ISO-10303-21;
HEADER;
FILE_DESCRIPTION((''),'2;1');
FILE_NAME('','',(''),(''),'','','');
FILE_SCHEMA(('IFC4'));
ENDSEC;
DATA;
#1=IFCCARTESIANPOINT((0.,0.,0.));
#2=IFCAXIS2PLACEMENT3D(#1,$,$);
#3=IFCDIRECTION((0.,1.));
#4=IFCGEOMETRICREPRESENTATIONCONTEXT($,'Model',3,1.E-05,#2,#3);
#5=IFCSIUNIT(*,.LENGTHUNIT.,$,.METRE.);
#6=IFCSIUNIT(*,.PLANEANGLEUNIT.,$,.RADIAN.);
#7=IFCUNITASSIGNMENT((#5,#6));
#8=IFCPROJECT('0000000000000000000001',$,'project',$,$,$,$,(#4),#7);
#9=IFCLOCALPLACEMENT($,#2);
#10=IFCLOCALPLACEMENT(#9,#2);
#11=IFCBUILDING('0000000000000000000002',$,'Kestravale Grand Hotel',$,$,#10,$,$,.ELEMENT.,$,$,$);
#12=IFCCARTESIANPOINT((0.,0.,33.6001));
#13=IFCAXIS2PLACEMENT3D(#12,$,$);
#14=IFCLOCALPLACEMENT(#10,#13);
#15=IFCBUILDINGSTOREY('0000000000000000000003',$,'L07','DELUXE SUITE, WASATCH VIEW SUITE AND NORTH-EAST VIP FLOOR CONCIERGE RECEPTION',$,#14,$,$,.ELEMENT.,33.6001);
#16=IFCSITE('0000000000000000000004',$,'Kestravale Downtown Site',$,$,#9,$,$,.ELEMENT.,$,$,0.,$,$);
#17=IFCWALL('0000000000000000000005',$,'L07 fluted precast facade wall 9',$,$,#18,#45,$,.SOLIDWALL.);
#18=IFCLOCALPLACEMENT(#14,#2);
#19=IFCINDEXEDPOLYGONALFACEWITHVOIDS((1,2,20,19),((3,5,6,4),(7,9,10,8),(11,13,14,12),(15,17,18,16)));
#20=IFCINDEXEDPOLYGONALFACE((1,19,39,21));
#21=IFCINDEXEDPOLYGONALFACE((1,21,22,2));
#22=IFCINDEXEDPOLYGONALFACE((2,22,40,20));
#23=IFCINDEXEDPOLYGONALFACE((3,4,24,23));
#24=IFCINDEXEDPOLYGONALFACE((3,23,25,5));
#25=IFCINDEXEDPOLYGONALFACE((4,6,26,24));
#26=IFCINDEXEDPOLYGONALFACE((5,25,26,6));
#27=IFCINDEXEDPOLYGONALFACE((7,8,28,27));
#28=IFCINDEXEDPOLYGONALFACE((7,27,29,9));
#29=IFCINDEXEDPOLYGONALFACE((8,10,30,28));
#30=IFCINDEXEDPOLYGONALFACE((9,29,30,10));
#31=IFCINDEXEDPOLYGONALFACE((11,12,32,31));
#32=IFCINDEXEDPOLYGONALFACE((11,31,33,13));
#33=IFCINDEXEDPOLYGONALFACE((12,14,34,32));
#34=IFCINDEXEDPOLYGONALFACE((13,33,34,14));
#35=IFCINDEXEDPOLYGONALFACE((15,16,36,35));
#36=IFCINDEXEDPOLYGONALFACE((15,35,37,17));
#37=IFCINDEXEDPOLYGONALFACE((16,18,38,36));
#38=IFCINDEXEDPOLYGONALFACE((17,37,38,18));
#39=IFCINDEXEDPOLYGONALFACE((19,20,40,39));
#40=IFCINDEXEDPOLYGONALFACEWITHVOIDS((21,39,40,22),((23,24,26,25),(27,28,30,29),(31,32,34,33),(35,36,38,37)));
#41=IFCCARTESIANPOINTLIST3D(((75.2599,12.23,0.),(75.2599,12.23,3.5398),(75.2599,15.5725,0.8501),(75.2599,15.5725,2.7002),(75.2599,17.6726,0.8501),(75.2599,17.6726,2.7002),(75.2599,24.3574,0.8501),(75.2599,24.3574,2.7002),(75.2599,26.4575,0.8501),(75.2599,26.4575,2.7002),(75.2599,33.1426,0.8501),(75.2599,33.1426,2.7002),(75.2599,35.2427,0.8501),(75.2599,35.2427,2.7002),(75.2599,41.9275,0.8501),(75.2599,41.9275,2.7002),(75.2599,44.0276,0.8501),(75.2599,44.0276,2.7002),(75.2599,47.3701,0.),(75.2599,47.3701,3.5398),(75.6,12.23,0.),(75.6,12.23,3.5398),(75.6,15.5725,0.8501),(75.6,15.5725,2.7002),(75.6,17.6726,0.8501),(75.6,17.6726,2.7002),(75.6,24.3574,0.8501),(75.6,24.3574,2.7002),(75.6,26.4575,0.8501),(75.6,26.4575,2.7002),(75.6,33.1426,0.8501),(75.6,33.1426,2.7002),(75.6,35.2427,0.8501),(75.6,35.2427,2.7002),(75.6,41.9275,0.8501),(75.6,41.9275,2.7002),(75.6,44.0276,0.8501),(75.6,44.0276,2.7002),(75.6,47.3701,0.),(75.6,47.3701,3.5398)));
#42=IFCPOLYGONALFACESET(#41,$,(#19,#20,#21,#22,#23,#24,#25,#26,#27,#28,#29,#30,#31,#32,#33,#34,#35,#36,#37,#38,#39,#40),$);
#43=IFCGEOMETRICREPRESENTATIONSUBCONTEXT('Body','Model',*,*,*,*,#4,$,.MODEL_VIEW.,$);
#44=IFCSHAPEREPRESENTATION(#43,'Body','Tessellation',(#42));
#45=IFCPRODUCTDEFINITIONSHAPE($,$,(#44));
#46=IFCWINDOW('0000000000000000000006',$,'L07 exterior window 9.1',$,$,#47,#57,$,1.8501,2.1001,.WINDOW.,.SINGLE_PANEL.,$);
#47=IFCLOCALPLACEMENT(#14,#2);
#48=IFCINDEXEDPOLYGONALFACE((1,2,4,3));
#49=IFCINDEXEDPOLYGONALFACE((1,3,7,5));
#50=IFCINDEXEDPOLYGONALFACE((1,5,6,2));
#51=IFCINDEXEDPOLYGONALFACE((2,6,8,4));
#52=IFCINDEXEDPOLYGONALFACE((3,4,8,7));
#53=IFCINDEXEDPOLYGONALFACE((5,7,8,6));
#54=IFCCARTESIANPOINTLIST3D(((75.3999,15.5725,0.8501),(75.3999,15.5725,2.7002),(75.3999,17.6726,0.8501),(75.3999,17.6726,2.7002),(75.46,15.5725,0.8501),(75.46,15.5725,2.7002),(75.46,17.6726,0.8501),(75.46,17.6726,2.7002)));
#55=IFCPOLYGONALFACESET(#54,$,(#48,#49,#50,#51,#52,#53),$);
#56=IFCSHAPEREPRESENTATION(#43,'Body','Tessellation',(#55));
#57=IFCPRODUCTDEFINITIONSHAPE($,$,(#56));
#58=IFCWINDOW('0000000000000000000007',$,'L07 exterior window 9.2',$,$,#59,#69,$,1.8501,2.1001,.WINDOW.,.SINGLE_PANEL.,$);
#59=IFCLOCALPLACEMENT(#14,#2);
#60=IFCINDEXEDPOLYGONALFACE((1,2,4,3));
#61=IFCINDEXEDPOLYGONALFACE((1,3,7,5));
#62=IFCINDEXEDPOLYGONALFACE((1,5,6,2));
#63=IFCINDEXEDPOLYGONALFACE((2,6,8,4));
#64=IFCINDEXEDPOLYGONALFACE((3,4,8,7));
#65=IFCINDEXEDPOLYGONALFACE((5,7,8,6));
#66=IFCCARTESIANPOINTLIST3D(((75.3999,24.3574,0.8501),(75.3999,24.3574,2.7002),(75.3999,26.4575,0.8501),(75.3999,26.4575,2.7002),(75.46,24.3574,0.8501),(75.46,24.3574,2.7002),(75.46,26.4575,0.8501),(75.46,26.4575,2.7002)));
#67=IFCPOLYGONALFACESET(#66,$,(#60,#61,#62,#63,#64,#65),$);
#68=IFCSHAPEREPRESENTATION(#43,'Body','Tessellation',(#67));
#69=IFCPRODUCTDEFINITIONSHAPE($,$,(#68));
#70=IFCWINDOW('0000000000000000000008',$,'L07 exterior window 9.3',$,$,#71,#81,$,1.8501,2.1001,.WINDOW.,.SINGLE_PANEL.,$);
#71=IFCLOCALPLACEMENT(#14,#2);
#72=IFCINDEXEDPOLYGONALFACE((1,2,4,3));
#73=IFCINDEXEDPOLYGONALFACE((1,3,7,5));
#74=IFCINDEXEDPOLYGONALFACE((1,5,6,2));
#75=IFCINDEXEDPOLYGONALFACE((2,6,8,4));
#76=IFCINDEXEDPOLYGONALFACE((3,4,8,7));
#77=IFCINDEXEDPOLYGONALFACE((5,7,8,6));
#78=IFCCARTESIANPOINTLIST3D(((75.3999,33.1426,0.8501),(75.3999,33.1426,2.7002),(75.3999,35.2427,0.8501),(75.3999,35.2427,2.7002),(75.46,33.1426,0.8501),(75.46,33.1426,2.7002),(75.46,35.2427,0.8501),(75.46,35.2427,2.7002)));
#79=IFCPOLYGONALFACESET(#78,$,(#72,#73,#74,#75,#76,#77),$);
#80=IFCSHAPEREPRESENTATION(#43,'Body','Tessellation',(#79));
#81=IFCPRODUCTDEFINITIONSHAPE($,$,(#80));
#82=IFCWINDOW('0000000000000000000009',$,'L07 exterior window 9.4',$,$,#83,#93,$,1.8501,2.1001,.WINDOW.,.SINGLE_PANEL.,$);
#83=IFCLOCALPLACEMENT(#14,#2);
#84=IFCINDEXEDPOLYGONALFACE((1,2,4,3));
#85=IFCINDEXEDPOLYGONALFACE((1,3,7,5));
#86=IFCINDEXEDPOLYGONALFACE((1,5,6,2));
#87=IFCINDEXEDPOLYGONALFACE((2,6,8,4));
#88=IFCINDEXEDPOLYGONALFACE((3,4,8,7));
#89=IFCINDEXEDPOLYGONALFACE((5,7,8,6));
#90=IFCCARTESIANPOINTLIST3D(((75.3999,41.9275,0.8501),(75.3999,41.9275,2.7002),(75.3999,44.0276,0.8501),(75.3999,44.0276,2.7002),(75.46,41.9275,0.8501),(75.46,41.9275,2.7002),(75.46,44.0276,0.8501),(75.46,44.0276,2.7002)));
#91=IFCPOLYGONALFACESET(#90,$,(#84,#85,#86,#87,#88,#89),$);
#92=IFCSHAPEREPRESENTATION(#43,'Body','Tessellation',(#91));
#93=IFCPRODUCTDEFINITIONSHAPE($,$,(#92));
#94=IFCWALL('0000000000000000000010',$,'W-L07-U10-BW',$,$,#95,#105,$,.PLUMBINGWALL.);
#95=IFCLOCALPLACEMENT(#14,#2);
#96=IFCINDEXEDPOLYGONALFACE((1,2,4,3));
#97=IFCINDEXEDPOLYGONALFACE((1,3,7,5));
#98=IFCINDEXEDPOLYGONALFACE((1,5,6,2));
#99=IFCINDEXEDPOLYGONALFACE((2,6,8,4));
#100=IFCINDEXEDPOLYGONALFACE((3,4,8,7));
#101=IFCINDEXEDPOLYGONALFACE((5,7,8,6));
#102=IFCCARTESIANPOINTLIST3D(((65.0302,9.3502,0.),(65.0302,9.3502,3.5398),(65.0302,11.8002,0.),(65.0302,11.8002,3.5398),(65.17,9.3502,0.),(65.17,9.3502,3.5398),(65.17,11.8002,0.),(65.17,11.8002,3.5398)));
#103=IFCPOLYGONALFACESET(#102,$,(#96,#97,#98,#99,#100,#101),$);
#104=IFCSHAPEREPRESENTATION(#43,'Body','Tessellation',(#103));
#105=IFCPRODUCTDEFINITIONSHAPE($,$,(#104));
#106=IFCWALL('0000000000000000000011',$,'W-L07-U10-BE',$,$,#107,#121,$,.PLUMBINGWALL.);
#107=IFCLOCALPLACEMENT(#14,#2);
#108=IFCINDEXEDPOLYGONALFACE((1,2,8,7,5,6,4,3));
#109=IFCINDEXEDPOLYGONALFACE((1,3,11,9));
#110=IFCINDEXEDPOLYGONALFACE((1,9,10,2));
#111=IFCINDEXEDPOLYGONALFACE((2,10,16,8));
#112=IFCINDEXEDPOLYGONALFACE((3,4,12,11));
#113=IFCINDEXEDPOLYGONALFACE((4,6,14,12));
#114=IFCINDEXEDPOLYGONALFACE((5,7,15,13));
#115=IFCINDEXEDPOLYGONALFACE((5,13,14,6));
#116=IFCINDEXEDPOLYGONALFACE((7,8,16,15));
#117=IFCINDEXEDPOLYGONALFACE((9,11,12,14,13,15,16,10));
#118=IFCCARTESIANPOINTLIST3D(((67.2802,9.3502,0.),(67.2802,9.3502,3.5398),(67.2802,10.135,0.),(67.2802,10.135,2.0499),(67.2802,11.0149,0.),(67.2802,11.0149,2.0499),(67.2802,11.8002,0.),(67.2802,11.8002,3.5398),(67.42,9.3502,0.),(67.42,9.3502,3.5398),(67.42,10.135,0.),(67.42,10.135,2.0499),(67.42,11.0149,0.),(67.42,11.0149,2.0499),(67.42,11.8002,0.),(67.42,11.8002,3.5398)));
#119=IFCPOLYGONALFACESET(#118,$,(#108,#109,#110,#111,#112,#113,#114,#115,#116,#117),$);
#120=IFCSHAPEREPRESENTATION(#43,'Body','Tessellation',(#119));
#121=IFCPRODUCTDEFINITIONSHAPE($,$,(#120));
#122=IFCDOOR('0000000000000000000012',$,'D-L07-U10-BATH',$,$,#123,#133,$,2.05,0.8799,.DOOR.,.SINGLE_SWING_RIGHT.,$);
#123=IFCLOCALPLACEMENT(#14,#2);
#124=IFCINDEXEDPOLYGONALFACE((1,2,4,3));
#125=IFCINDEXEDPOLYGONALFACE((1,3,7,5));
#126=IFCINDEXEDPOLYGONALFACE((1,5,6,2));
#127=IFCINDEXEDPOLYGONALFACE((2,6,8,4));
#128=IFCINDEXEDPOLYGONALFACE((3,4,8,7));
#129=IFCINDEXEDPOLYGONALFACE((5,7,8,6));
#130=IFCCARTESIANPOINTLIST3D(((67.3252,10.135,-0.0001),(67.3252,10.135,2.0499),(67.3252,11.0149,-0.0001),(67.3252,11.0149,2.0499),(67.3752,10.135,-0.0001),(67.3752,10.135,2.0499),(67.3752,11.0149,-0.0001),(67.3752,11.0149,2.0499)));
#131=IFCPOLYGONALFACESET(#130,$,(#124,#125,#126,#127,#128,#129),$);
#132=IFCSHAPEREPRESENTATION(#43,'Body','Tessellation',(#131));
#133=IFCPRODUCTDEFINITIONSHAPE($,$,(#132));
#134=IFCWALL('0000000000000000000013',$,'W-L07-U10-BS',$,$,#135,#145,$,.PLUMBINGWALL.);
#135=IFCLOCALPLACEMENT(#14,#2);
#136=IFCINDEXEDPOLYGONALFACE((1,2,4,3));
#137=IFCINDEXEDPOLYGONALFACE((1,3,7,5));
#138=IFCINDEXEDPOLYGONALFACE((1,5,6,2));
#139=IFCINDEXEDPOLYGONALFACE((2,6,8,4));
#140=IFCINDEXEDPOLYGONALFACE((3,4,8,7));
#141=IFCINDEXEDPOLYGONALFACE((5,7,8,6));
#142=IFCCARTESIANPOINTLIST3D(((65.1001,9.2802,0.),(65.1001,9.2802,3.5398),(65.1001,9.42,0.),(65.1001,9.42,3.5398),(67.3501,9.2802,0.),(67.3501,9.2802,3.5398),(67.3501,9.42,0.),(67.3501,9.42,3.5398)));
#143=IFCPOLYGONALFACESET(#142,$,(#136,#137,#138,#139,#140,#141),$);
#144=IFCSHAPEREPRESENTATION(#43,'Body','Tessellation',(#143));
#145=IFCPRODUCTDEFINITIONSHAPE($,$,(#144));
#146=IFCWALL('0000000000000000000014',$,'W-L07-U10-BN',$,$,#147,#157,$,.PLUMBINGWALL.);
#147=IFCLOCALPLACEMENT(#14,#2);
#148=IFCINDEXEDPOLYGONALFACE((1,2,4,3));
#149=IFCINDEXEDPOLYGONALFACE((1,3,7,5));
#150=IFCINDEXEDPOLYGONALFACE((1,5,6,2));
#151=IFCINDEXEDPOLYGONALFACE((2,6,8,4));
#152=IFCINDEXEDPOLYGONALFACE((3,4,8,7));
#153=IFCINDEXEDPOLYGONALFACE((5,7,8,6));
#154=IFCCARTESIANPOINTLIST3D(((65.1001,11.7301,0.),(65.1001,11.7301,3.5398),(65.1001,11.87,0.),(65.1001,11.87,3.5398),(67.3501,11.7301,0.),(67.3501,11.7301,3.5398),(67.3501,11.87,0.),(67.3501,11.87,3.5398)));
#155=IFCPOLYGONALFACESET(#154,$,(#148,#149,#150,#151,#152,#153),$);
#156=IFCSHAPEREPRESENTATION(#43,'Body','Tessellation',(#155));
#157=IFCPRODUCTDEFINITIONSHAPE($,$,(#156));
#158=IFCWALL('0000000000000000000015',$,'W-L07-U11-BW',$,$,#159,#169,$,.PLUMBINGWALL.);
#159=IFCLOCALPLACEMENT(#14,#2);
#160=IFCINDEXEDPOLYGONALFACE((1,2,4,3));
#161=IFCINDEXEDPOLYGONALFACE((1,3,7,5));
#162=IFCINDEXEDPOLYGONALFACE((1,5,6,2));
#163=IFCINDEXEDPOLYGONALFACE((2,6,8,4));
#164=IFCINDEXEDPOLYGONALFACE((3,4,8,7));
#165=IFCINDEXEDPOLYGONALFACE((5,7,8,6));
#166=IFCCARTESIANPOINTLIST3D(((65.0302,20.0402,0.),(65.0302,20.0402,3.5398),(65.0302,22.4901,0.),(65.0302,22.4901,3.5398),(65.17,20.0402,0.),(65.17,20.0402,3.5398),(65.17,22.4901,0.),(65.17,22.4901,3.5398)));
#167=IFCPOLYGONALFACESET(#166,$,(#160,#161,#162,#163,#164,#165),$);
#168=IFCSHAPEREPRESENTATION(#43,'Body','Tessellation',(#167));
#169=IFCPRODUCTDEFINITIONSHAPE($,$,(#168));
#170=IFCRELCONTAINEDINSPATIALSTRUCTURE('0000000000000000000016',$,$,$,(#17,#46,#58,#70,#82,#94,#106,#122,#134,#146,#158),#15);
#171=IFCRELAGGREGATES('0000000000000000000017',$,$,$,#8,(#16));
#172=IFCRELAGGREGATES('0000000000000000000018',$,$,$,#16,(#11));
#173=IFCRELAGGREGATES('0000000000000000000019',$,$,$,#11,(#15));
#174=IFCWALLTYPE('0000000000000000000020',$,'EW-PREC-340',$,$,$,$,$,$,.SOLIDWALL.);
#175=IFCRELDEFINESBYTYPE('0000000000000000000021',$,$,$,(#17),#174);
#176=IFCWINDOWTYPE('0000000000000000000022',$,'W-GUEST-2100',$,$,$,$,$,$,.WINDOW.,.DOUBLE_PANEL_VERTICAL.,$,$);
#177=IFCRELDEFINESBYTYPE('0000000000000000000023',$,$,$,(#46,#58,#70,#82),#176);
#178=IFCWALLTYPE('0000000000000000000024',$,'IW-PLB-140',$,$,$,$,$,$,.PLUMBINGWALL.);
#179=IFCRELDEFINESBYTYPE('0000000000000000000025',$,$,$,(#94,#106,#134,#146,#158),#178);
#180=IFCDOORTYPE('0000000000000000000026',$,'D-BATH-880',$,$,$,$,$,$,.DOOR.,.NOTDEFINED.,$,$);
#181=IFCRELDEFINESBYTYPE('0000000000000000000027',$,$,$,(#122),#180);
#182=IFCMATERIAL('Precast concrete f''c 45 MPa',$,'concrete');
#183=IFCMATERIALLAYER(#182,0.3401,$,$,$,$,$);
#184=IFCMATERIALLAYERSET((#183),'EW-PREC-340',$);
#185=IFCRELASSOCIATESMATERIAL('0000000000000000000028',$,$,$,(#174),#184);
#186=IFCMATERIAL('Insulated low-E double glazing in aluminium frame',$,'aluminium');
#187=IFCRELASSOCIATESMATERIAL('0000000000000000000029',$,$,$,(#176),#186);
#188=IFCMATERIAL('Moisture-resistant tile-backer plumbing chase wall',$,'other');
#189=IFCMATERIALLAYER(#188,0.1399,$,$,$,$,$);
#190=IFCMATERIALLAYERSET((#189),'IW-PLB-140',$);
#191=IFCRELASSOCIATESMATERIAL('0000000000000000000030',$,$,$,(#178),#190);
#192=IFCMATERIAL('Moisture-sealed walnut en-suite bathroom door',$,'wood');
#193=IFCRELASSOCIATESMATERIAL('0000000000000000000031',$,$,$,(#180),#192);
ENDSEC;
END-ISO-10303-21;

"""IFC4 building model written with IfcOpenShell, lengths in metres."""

from ifc_helpers import new_model, si_unit, direction, frame, frame_2d, origin, place, context, subcontext, project, spatial, rectangle, extrude, material, layer, layer_set, type_object, element, fill, save


model = new_model("IFC4")

# Units and contexts
model_context = context("Model", 3, precision=1e-05, world=origin(), true_north=direction((0.0, 1.0)))
body_context = subcontext(model_context, "Body", "Model", "MODEL_VIEW")
ifc_project = project(units=[si_unit("LENGTHUNIT", "METRE"), si_unit("PLANEANGLEUNIT", "RADIAN")], contexts=[model_context])

# Site, building, storey
site_placement = place(None, origin())
site = spatial("IfcSite", under=ifc_project, at=site_placement, Name="Kestravale Downtown Site", CompositionType="ELEMENT", RefElevation=0.0)
building_placement = place(site_placement, origin())
building = spatial("IfcBuilding", under=site, at=building_placement, Name="Kestravale Grand Hotel", CompositionType="ELEMENT")
storey_placement = place(building_placement, frame((0.0, 0.0, 33.6001)))
storey = spatial("IfcBuildingStorey", under=building, at=storey_placement, Name="L07", Description="DELUXE SUITE, WASATCH VIEW SUITE AND NORTH-EAST VIP FLOOR CONCIERGE RECEPTION", CompositionType="ELEMENT", Elevation=33.6001)

# Shared definitions
ifc_material_1 = material(Name="Precast concrete f'c 45 MPa", Category="concrete")
ifc_layer_1 = layer(ifc_material_1, 0.3401)
ifc_layer_set_1 = layer_set([ifc_layer_1], Name="EW-PREC-340")
wall_type_1 = type_object("IfcWallType", Name="EW-PREC-340", PredefinedType="SOLIDWALL", material=ifc_layer_set_1)
ifc_material_2 = material(Name="Insulated low-E double glazing in aluminium frame", Category="aluminium")
window_type = type_object("IfcWindowType", Name="W-GUEST-2100", PartitioningType="DOUBLE_PANEL_VERTICAL", PredefinedType="WINDOW", material=ifc_material_2)

# Wall, openings, windows
wall_1_placement = place(storey_placement, frame((75.4299, 12.23, 0.0), z_axis=(0.0, 0.0, 1.0), x_axis=(0.0, 1.0, 0.0)))
wall_1 = element("IfcWall", 1, at=wall_1_placement, inside=storey, type_object=wall_type_1, Name="L07 fluted precast facade wall 9", PredefinedType="SOLIDWALL", context=body_context, shape_type="SweptSolid", body=[
    extrude(rectangle(XDim=35.1401, YDim=0.3401, at=frame_2d((17.5701, 0.0))), origin(), (0.0, 0.0, 1.0), 3.5398),
])
opening_1_placement = place(wall_1_placement, frame((3.3425, 0.0, 0.8501)))
opening_1 = element("IfcOpeningElement", 2, at=opening_1_placement, cuts=wall_1, PredefinedType="OPENING", context=body_context, shape_type="SweptSolid", body=[
    extrude(rectangle(XDim=2.1001, YDim=1.8501, at=frame_2d((1.05, 0.925))), frame((0.0, 0.1799, 0.0), z_axis=(0.0, -1.0, 0.0), x_axis=(1.0, 0.0, 0.0)), (0.0, 0.0, 1.0), 0.3601),
])
opening_2_placement = place(wall_1_placement, frame((12.1274, 0.0, 0.8501)))
opening_2 = element("IfcOpeningElement", 3, at=opening_2_placement, cuts=wall_1, PredefinedType="OPENING", context=body_context, shape_type="SweptSolid", body=[
    extrude(rectangle(XDim=2.1001, YDim=1.8501, at=frame_2d((1.05, 0.925))), frame((0.0, 0.1799, 0.0), z_axis=(0.0, -1.0, 0.0), x_axis=(1.0, 0.0, 0.0)), (0.0, 0.0, 1.0), 0.3601),
])
opening_3_placement = place(wall_1_placement, frame((20.9126, 0.0, 0.8501)))
opening_3 = element("IfcOpeningElement", 4, at=opening_3_placement, cuts=wall_1, PredefinedType="OPENING", context=body_context, shape_type="SweptSolid", body=[
    extrude(rectangle(XDim=2.1001, YDim=1.8501, at=frame_2d((1.05, 0.925))), frame((0.0, 0.1799, 0.0), z_axis=(0.0, -1.0, 0.0), x_axis=(1.0, 0.0, 0.0)), (0.0, 0.0, 1.0), 0.3601),
])
opening_4_placement = place(wall_1_placement, frame((29.6975, 0.0, 0.8501)))
opening_4 = element("IfcOpeningElement", 5, at=opening_4_placement, cuts=wall_1, PredefinedType="OPENING", context=body_context, shape_type="SweptSolid", body=[
    extrude(rectangle(XDim=2.1001, YDim=1.8501, at=frame_2d((1.05, 0.925))), frame((0.0, 0.1799, 0.0), z_axis=(0.0, -1.0, 0.0), x_axis=(1.0, 0.0, 0.0)), (0.0, 0.0, 1.0), 0.3601),
])
window_1_placement = place(opening_1_placement, origin())
window_1 = element("IfcWindow", 6, at=window_1_placement, inside=storey, type_object=window_type, Name="L07 exterior window 9.1", OverallHeight=1.8501, OverallWidth=2.1001, PartitioningType="SINGLE_PANEL", PredefinedType="WINDOW", context=body_context, shape_type="SweptSolid", body=[
    extrude(rectangle(XDim=2.1001, YDim=1.8501, at=frame_2d((1.05, 0.925))), frame((0.0, 0.03, 0.0), z_axis=(0.0, -1.0, 0.0), x_axis=(1.0, 0.0, 0.0)), (0.0, 0.0, 1.0), 0.0601),
])
fill(opening_1, window_1)
window_2_placement = place(opening_2_placement, origin())
window_2 = element("IfcWindow", 7, at=window_2_placement, inside=storey, type_object=window_type, Name="L07 exterior window 9.2", OverallHeight=1.8501, OverallWidth=2.1001, PartitioningType="SINGLE_PANEL", PredefinedType="WINDOW", context=body_context, shape_type="SweptSolid", body=[
    extrude(rectangle(XDim=2.1001, YDim=1.8501, at=frame_2d((1.05, 0.925))), frame((0.0, 0.03, 0.0), z_axis=(0.0, -1.0, 0.0), x_axis=(1.0, 0.0, 0.0)), (0.0, 0.0, 1.0), 0.0601),
])
fill(opening_2, window_2)
window_3_placement = place(opening_3_placement, origin())
window_3 = element("IfcWindow", 8, at=window_3_placement, inside=storey, type_object=window_type, Name="L07 exterior window 9.3", OverallHeight=1.8501, OverallWidth=2.1001, PartitioningType="SINGLE_PANEL", PredefinedType="WINDOW", context=body_context, shape_type="SweptSolid", body=[
    extrude(rectangle(XDim=2.1001, YDim=1.8501, at=frame_2d((1.05, 0.925))), frame((0.0, 0.03, 0.0), z_axis=(0.0, -1.0, 0.0), x_axis=(1.0, 0.0, 0.0)), (0.0, 0.0, 1.0), 0.0601),
])
fill(opening_3, window_3)
window_4_placement = place(opening_4_placement, origin())
window_4 = element("IfcWindow", 9, at=window_4_placement, inside=storey, type_object=window_type, Name="L07 exterior window 9.4", OverallHeight=1.8501, OverallWidth=2.1001, PartitioningType="SINGLE_PANEL", PredefinedType="WINDOW", context=body_context, shape_type="SweptSolid", body=[
    extrude(rectangle(XDim=2.1001, YDim=1.8501, at=frame_2d((1.05, 0.925))), frame((0.0, 0.03, 0.0), z_axis=(0.0, -1.0, 0.0), x_axis=(1.0, 0.0, 0.0)), (0.0, 0.0, 1.0), 0.0601),
])
fill(opening_4, window_4)

# Wall
ifc_material_3 = material(Name="Moisture-resistant tile-backer plumbing chase wall", Category="other")
ifc_layer_2 = layer(ifc_material_3, 0.1399)
ifc_layer_set_2 = layer_set([ifc_layer_2], Name="IW-PLB-140")
wall_type_2 = type_object("IfcWallType", Name="IW-PLB-140", PredefinedType="PLUMBINGWALL", material=ifc_layer_set_2)
wall_2_placement = place(storey_placement, frame((65.1001, 9.3501, 0.0), z_axis=(0.0, 0.0, 1.0), x_axis=(0.0, 1.0, 0.0)))
element("IfcWall", 10, at=wall_2_placement, inside=storey, type_object=wall_type_2, Name="W-L07-U10-BW", PredefinedType="PLUMBINGWALL", context=body_context, shape_type="SweptSolid", body=[
    extrude(rectangle(XDim=2.45, YDim=0.1399, at=frame_2d((1.2251, 0.0))), origin(), (0.0, 0.0, 1.0), 3.5398),
])

# Wall, opening, door
wall_3_placement = place(storey_placement, frame((67.3501, 9.3501, 0.0), z_axis=(0.0, 0.0, 1.0), x_axis=(0.0, 1.0, 0.0)))
wall_3 = element("IfcWall", 11, at=wall_3_placement, inside=storey, type_object=wall_type_2, Name="W-L07-U10-BE", PredefinedType="PLUMBINGWALL", context=body_context, shape_type="SweptSolid", body=[
    extrude(rectangle(XDim=2.45, YDim=0.1399, at=frame_2d((1.2251, 0.0))), origin(), (0.0, 0.0, 1.0), 3.5398),
])
opening_5_placement = place(wall_3_placement, frame((0.7849, 0.0, 0.0)))
opening_5 = element("IfcOpeningElement", 12, at=opening_5_placement, cuts=wall_3, PredefinedType="OPENING", context=body_context, shape_type="SweptSolid", body=[
    extrude(rectangle(XDim=0.8799, YDim=2.05, at=frame_2d((0.4399, 1.0249))), frame((0.0, 0.0798, 0.0), z_axis=(0.0, -1.0, 0.0), x_axis=(1.0, 0.0, 0.0)), (0.0, 0.0, 1.0), 0.1599),
])
ifc_material_4 = material(Name="Moisture-sealed walnut en-suite bathroom door", Category="wood")
door_type = type_object("IfcDoorType", Name="D-BATH-880", OperationType="NOTDEFINED", PredefinedType="DOOR", material=ifc_material_4)
door_1_placement = place(opening_5_placement, origin())
door_1 = element("IfcDoor", 13, at=door_1_placement, inside=storey, type_object=door_type, Name="D-L07-U10-BATH", OperationType="SINGLE_SWING_RIGHT", OverallHeight=2.05, OverallWidth=0.8799, PredefinedType="DOOR", context=body_context, shape_type="SweptSolid", body=[
    extrude(rectangle(XDim=0.8799, YDim=2.05, at=frame_2d((0.4399, 1.0249))), frame((0.0, 0.0249, 0.0), z_axis=(0.0, -1.0, 0.0), x_axis=(1.0, 0.0, 0.0)), (0.0, 0.0, 1.0), 0.05),
])
fill(opening_5, door_1)

# Walls
for number, where, z_axis, x_axis, name in (
    (14, (65.1001, 9.3501, 0.0), (0.0, 0.0, 1.0), (1.0, 0.0, 0.0), "W-L07-U10-BS"),
    (15, (65.1001, 11.8, 0.0), (0.0, 0.0, 1.0), (1.0, 0.0, 0.0), "W-L07-U10-BN"),
):
    element("IfcWall", number, at=place(storey_placement, frame(where, z_axis=z_axis, x_axis=x_axis)), inside=storey, type_object=wall_type_2, Name=name, PredefinedType="PLUMBINGWALL", context=body_context, shape_type="SweptSolid", body=[
        extrude(rectangle(XDim=2.25, YDim=0.1399, at=frame_2d((1.125, 0.0))), origin(), (0.0, 0.0, 1.0), 3.5398),
    ])
wall_4_placement = place(storey_placement, frame((65.1001, 20.04, 0.0), z_axis=(0.0, 0.0, 1.0), x_axis=(0.0, 1.0, 0.0)))
element("IfcWall", 16, at=wall_4_placement, inside=storey, type_object=wall_type_2, Name="W-L07-U11-BW", PredefinedType="PLUMBINGWALL", context=body_context, shape_type="SweptSolid", body=[
    extrude(rectangle(XDim=2.45, YDim=0.1399, at=frame_2d((1.2251, 0.0))), origin(), (0.0, 0.0, 1.0), 3.5398),
])

save(model, "model.ifc")
